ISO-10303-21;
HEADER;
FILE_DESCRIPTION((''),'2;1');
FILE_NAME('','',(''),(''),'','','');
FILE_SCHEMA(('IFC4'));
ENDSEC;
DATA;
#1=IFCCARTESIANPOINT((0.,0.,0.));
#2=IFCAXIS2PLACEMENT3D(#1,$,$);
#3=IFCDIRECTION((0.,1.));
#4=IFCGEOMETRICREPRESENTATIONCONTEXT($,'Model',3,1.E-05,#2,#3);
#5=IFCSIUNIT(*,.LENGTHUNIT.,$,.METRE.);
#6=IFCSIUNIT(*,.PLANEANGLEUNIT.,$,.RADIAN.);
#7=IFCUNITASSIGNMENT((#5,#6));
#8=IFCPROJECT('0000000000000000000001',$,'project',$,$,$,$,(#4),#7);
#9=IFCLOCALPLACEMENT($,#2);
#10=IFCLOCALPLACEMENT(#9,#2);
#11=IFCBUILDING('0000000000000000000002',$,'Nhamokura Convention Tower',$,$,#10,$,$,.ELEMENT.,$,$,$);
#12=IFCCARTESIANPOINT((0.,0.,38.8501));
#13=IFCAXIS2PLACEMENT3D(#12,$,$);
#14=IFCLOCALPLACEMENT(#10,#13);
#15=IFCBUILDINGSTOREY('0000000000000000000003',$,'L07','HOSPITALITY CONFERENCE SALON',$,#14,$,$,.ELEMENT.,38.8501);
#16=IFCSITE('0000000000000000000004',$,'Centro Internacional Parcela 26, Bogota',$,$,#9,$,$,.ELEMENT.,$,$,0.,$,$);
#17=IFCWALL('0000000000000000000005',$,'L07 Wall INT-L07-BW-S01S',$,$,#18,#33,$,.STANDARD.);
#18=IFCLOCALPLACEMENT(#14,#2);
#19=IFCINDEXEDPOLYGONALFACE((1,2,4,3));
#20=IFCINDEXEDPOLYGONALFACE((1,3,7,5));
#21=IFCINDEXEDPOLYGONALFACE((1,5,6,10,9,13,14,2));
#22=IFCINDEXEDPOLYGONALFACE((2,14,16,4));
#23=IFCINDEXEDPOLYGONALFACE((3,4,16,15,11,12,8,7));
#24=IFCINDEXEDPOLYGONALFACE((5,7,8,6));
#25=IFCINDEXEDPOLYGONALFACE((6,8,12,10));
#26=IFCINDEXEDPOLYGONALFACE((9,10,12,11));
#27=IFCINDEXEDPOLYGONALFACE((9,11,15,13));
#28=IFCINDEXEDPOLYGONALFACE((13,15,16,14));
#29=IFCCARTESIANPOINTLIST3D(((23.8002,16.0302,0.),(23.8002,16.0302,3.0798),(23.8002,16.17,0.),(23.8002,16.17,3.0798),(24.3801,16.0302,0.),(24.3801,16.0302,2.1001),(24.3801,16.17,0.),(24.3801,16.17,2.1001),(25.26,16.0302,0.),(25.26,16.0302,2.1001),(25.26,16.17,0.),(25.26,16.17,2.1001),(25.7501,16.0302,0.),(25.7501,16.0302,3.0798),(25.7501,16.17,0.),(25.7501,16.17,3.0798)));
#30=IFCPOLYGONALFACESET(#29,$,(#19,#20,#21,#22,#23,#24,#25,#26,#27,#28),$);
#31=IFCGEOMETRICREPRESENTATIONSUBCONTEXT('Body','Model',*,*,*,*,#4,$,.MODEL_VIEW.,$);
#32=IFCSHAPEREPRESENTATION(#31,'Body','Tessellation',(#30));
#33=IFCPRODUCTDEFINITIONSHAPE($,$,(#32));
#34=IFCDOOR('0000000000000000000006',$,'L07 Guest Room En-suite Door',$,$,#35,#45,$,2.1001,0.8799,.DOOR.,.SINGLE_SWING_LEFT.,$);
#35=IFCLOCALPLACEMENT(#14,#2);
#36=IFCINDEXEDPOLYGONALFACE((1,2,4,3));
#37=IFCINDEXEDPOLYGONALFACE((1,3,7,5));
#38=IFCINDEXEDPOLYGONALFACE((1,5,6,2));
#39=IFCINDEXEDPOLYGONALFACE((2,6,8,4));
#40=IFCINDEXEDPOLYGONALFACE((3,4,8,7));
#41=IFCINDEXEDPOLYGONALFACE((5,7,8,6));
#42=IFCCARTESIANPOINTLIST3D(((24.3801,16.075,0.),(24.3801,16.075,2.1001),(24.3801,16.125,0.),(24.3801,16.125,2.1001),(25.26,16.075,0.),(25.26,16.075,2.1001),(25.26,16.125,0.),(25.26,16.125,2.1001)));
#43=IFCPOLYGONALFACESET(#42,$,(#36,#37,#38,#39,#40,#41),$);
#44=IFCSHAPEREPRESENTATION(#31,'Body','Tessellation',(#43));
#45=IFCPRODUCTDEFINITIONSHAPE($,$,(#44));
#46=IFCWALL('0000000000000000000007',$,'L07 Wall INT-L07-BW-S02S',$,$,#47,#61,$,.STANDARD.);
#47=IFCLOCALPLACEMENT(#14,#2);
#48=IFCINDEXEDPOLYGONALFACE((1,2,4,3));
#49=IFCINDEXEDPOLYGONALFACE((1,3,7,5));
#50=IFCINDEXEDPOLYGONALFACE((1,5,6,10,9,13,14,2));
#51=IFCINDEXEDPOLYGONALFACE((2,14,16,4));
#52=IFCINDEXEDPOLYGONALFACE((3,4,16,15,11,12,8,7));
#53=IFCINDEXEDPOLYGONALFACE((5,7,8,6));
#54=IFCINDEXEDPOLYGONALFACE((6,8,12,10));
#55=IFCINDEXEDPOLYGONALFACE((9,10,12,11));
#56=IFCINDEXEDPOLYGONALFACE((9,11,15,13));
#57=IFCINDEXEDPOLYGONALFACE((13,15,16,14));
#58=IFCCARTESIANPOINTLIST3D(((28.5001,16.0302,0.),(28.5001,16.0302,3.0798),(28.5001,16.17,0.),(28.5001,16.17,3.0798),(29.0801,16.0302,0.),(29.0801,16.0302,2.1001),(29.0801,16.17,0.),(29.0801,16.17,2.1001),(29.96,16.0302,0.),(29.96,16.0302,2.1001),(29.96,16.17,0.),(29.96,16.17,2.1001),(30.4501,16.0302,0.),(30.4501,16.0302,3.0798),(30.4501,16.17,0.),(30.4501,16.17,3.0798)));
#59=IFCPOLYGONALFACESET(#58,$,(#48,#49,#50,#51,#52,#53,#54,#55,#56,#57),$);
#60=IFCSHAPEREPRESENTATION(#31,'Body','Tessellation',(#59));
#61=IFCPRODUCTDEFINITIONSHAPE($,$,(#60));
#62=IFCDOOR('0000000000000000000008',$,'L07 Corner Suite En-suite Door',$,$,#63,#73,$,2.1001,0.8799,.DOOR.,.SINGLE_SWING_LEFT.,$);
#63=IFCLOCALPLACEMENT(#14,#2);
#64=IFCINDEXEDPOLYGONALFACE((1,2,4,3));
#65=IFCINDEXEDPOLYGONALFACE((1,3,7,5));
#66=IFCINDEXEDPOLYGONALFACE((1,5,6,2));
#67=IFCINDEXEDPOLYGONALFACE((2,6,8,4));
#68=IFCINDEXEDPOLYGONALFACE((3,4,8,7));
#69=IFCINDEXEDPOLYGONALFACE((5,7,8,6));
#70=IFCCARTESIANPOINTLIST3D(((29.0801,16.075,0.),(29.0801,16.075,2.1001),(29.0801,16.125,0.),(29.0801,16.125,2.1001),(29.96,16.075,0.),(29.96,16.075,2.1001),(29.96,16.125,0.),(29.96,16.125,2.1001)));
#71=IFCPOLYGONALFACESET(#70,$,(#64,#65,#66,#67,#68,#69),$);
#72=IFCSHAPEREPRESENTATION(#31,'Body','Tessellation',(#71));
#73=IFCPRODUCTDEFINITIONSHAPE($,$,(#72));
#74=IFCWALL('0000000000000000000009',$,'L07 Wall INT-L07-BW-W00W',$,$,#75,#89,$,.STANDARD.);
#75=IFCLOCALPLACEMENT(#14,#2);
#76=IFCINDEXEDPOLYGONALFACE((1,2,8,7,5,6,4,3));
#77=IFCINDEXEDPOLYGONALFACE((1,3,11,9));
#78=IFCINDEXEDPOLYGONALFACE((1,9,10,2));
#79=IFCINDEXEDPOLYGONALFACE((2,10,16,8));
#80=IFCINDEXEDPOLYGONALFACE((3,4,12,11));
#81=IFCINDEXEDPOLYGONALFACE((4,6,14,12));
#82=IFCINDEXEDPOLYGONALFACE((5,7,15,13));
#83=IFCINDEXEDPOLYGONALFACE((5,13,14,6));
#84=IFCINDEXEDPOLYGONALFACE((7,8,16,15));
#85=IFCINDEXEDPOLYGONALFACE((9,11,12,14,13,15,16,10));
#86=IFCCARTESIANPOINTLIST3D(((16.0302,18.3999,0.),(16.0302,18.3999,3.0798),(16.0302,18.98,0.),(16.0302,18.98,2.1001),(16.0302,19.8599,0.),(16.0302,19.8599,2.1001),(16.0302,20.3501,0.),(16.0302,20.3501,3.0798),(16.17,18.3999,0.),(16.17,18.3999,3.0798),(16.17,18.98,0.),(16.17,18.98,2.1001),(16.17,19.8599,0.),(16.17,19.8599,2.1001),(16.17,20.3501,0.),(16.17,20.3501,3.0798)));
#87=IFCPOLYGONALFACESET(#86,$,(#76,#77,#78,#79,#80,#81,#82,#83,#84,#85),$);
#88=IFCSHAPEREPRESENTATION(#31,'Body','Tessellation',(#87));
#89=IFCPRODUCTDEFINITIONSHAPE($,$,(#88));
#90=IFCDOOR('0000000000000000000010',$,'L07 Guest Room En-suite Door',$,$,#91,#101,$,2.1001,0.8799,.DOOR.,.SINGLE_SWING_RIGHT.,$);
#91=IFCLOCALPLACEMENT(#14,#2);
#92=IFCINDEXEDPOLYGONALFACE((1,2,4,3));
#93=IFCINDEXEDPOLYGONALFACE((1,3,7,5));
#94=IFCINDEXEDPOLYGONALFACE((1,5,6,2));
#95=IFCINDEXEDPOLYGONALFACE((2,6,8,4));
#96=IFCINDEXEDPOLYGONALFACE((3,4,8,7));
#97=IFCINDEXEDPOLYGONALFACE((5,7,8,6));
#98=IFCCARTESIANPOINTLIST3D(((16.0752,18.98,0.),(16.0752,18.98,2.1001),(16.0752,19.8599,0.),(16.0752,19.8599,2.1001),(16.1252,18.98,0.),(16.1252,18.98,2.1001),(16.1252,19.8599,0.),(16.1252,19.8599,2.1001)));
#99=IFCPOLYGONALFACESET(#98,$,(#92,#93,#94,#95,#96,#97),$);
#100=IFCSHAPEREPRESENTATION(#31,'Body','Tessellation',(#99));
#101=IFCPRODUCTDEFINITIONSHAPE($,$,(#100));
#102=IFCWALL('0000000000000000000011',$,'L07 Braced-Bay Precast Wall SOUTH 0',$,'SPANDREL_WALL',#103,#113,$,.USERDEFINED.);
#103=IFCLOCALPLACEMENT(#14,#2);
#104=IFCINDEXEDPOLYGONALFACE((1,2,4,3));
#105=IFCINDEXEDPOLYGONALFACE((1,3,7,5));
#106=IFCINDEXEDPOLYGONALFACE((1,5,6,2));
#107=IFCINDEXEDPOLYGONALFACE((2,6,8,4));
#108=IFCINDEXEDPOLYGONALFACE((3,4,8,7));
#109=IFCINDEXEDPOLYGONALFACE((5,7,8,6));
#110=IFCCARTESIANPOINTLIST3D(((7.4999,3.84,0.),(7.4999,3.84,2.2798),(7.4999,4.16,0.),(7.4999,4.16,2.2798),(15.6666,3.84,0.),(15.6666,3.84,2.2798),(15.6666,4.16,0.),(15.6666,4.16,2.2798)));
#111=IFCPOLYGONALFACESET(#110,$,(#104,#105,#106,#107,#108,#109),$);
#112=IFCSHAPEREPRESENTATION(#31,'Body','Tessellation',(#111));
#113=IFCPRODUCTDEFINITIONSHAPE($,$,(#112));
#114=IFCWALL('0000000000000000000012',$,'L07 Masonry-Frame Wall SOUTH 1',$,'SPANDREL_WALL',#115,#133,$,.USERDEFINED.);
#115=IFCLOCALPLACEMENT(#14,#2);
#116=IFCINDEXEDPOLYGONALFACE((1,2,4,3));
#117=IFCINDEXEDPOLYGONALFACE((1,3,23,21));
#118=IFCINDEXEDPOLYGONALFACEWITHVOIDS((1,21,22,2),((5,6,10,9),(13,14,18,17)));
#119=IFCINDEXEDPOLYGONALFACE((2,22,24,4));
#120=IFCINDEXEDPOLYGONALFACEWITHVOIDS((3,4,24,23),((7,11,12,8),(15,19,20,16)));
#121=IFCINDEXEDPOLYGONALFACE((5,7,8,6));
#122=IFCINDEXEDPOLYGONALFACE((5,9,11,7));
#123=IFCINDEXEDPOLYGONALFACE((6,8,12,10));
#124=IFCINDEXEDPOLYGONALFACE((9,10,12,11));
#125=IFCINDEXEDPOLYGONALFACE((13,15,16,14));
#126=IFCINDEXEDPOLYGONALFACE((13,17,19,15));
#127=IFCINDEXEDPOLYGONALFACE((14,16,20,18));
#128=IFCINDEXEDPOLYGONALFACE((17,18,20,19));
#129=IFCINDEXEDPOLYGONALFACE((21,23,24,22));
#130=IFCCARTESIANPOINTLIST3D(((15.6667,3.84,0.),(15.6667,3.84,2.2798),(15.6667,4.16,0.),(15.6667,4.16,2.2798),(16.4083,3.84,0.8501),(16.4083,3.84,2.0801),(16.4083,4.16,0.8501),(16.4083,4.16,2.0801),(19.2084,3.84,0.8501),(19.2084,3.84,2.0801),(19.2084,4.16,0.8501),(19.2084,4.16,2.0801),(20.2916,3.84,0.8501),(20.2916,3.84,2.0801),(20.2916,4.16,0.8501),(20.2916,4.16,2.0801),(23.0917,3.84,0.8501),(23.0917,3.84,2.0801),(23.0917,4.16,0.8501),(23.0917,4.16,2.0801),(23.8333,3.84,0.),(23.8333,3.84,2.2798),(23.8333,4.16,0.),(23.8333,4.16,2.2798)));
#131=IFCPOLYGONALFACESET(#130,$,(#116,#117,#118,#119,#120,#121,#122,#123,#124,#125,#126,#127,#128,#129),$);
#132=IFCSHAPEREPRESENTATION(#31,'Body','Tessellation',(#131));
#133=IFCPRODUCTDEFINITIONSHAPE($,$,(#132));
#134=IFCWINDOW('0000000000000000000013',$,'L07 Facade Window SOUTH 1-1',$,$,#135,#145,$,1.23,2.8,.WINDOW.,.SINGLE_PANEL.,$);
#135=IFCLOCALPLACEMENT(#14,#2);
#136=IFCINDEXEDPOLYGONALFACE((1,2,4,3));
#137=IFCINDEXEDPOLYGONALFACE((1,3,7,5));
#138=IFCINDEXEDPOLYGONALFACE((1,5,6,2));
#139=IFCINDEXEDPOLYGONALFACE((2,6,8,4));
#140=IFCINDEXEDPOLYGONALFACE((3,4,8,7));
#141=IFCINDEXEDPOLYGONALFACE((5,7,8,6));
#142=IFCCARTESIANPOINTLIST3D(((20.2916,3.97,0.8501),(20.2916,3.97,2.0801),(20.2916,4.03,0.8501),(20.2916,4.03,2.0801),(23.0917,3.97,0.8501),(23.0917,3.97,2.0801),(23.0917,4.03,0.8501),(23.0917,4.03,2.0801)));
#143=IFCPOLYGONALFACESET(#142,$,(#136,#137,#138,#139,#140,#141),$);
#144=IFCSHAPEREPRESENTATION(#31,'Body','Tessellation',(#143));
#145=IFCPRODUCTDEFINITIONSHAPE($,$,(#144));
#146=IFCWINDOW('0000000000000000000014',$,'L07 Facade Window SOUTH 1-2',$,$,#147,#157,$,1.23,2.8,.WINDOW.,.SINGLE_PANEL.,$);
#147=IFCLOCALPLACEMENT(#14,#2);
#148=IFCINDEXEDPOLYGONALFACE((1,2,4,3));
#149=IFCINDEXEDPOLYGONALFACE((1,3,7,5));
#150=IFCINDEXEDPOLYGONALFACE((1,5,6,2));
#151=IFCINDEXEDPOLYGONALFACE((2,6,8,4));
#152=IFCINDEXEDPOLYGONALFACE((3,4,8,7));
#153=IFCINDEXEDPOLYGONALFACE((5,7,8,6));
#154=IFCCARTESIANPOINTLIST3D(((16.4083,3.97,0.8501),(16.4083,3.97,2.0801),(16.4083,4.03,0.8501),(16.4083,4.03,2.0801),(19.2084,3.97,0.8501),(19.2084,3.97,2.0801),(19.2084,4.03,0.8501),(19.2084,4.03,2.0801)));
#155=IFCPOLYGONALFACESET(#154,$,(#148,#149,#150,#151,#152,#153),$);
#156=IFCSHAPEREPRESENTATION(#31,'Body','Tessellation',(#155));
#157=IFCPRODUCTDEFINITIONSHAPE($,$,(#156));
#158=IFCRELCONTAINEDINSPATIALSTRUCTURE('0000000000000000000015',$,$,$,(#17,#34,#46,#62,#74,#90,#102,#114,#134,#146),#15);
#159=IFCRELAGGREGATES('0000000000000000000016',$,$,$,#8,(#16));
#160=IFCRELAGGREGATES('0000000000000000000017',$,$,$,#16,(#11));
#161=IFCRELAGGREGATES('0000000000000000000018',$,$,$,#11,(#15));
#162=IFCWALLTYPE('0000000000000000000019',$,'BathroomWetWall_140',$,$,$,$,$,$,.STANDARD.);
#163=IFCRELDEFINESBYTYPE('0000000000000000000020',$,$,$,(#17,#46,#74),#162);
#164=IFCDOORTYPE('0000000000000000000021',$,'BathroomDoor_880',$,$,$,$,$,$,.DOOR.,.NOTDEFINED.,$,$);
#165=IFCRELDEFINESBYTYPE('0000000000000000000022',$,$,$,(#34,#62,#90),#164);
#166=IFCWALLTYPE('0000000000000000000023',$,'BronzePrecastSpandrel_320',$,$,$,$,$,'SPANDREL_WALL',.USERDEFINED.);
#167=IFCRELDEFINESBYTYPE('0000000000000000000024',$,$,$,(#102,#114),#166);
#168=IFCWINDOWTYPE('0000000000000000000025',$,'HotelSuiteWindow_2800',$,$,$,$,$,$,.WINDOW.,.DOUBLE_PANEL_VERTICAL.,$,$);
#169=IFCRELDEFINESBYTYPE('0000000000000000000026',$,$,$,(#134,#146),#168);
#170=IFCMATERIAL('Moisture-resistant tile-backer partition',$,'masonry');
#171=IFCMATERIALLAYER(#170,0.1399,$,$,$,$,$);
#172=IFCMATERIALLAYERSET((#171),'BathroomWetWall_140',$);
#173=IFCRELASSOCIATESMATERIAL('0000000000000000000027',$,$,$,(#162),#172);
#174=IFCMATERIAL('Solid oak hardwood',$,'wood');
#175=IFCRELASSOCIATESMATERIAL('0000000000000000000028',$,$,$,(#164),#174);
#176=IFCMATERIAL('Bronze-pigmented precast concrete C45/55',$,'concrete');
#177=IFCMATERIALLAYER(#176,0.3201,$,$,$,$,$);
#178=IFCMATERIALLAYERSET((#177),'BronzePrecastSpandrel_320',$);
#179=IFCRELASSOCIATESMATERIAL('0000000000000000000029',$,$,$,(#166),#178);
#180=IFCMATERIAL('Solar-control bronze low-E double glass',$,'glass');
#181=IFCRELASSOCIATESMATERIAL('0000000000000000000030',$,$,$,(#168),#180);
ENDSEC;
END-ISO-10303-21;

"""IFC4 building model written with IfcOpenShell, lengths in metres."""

from ifc_helpers import new_model, si_unit, direction, frame, frame_2d, origin, place, context, subcontext, project, spatial, rectangle, extrude, material, layer, layer_set, type_object, element, fill, save


model = new_model("IFC4")

# Units and contexts
model_context = context("Model", 3, precision=1e-05, world=origin(), true_north=direction((0.0, 1.0)))
body_context = subcontext(model_context, "Body", "Model", "MODEL_VIEW")
ifc_project = project(units=[si_unit("LENGTHUNIT", "METRE"), si_unit("PLANEANGLEUNIT", "RADIAN")], contexts=[model_context])

# Site, building, storey
site_placement = place(None, origin())
site = spatial("IfcSite", under=ifc_project, at=site_placement, Name="Centro Internacional Parcela 26, Bogota", CompositionType="ELEMENT", RefElevation=0.0)
building_placement = place(site_placement, origin())
building = spatial("IfcBuilding", under=site, at=building_placement, Name="Nhamokura Convention Tower", CompositionType="ELEMENT")
storey_placement = place(building_placement, frame((0.0, 0.0, 38.8501)))
storey = spatial("IfcBuildingStorey", under=building, at=storey_placement, Name="L07", Description="HOSPITALITY CONFERENCE SALON", CompositionType="ELEMENT", Elevation=38.8501)

# Shared definitions
ifc_material_1 = material(Name="Moisture-resistant tile-backer partition", Category="masonry")
ifc_layer_1 = layer(ifc_material_1, 0.1399)
ifc_layer_set_1 = layer_set([ifc_layer_1], Name="BathroomWetWall_140")
wall_type_1 = type_object("IfcWallType", Name="BathroomWetWall_140", PredefinedType="STANDARD", material=ifc_layer_set_1)

# Walls, openings, doors
wall_1_placement = place(storey_placement, frame((23.8, 16.1001, 0.0), z_axis=(0.0, 0.0, 1.0), x_axis=(1.0, 0.0, 0.0)))
wall_1 = element("IfcWall", 1, at=wall_1_placement, inside=storey, type_object=wall_type_1, Name="L07 Wall INT-L07-BW-S01S", PredefinedType="STANDARD", context=body_context, shape_type="SweptSolid", body=[
    extrude(rectangle(XDim=1.95, YDim=0.1399, at=frame_2d((0.9751, 0.0))), origin(), (0.0, 0.0, 1.0), 3.0798),
])
opening_1_placement = place(wall_1_placement, frame((0.5801, 0.0, 0.0)))
opening_1 = element("IfcOpeningElement", 2, at=opening_1_placement, cuts=wall_1, PredefinedType="OPENING", context=body_context, shape_type="SweptSolid", body=[
    extrude(rectangle(XDim=0.8799, YDim=2.1001, at=frame_2d((0.4399, 1.05))), frame((0.0, 0.0798, 0.0), z_axis=(0.0, -1.0, 0.0), x_axis=(1.0, 0.0, 0.0)), (0.0, 0.0, 1.0), 0.1599),
])
ifc_material_2 = material(Name="Solid oak hardwood", Category="wood")
door_type_1 = type_object("IfcDoorType", Name="BathroomDoor_880", OperationType="NOTDEFINED", PredefinedType="DOOR", material=ifc_material_2)
door_1_placement = place(opening_1_placement, origin())
door_1 = element("IfcDoor", 3, at=door_1_placement, inside=storey, type_object=door_type_1, Name="L07 Guest Room En-suite Door", OperationType="SINGLE_SWING_LEFT", OverallHeight=2.1001, OverallWidth=0.8799, PredefinedType="DOOR", context=body_context, shape_type="SweptSolid", body=[
    extrude(rectangle(XDim=0.8799, YDim=2.1001, at=frame_2d((0.4399, 1.05))), frame((0.0, 0.0249, 0.0), z_axis=(0.0, -1.0, 0.0), x_axis=(1.0, 0.0, 0.0)), (0.0, 0.0, 1.0), 0.05),
])
fill(opening_1, door_1)
wall_2_placement = place(storey_placement, frame((28.5, 16.1001, 0.0), z_axis=(0.0, 0.0, 1.0), x_axis=(1.0, 0.0, 0.0)))
wall_2 = element("IfcWall", 4, at=wall_2_placement, inside=storey, type_object=wall_type_1, Name="L07 Wall INT-L07-BW-S02S", PredefinedType="STANDARD", context=body_context, shape_type="SweptSolid", body=[
    extrude(rectangle(XDim=1.95, YDim=0.1399, at=frame_2d((0.9751, 0.0))), origin(), (0.0, 0.0, 1.0), 3.0798),
])
opening_2_placement = place(wall_2_placement, frame((0.5801, 0.0, 0.0)))
opening_2 = element("IfcOpeningElement", 5, at=opening_2_placement, cuts=wall_2, PredefinedType="OPENING", context=body_context, shape_type="SweptSolid", body=[
    extrude(rectangle(XDim=0.8799, YDim=2.1001, at=frame_2d((0.4399, 1.05))), frame((0.0, 0.0798, 0.0), z_axis=(0.0, -1.0, 0.0), x_axis=(1.0, 0.0, 0.0)), (0.0, 0.0, 1.0), 0.1599),
])
door_2_placement = place(opening_2_placement, origin())
door_2 = element("IfcDoor", 6, at=door_2_placement, inside=storey, type_object=door_type_1, Name="L07 Corner Suite En-suite Door", OperationType="SINGLE_SWING_LEFT", OverallHeight=2.1001, OverallWidth=0.8799, PredefinedType="DOOR", context=body_context, shape_type="SweptSolid", body=[
    extrude(rectangle(XDim=0.8799, YDim=2.1001, at=frame_2d((0.4399, 1.05))), frame((0.0, 0.0249, 0.0), z_axis=(0.0, -1.0, 0.0), x_axis=(1.0, 0.0, 0.0)), (0.0, 0.0, 1.0), 0.05),
])
fill(opening_2, door_2)
wall_3_placement = place(storey_placement, frame((16.1001, 18.3999, 0.0), z_axis=(0.0, 0.0, 1.0), x_axis=(0.0, 1.0, 0.0)))
wall_3 = element("IfcWall", 7, at=wall_3_placement, inside=storey, type_object=wall_type_1, Name="L07 Wall INT-L07-BW-W00W", PredefinedType="STANDARD", context=body_context, shape_type="SweptSolid", body=[
    extrude(rectangle(XDim=1.9502, YDim=0.1399, at=frame_2d((0.9751, 0.0))), origin(), (0.0, 0.0, 1.0), 3.0798),
])
opening_3_placement = place(wall_3_placement, frame((0.5801, 0.0, 0.0)))
opening_3 = element("IfcOpeningElement", 8, at=opening_3_placement, cuts=wall_3, PredefinedType="OPENING", context=body_context, shape_type="SweptSolid", body=[
    extrude(rectangle(XDim=0.8799, YDim=2.1001, at=frame_2d((0.4399, 1.05))), frame((0.0, 0.0798, 0.0), z_axis=(0.0, -1.0, 0.0), x_axis=(1.0, 0.0, 0.0)), (0.0, 0.0, 1.0), 0.1599),
])
door_3_placement = place(opening_3_placement, origin())
door_3 = element("IfcDoor", 9, at=door_3_placement, inside=storey, type_object=door_type_1, Name="L07 Guest Room En-suite Door", OperationType="SINGLE_SWING_RIGHT", OverallHeight=2.1001, OverallWidth=0.8799, PredefinedType="DOOR", context=body_context, shape_type="SweptSolid", body=[
    extrude(rectangle(XDim=0.8799, YDim=2.1001, at=frame_2d((0.4399, 1.05))), frame((0.0, 0.0249, 0.0), z_axis=(0.0, -1.0, 0.0), x_axis=(1.0, 0.0, 0.0)), (0.0, 0.0, 1.0), 0.05),
])
fill(opening_3, door_3)

# Wall
ifc_material_3 = material(Name="Bronze-pigmented precast concrete C45/55", Category="concrete")
ifc_layer_2 = layer(ifc_material_3, 0.3201)
ifc_layer_set_2 = layer_set([ifc_layer_2], Name="BronzePrecastSpandrel_320")
wall_type_2 = type_object("IfcWallType", Name="BronzePrecastSpandrel_320", ElementType="SPANDREL_WALL", PredefinedType="USERDEFINED", material=ifc_layer_set_2)
wall_4_placement = place(storey_placement, frame((15.6667, 4.0, 0.0), z_axis=(0.0, 0.0, 1.0), x_axis=(-1.0, 0.0, 0.0)))
element("IfcWall", 10, at=wall_4_placement, inside=storey, type_object=wall_type_2, Name="L07 Braced-Bay Precast Wall SOUTH 0", ObjectType="SPANDREL_WALL", PredefinedType="USERDEFINED", context=body_context, shape_type="SweptSolid", body=[
    extrude(rectangle(XDim=8.1667, YDim=0.3201, at=frame_2d((4.0835, 0.0))), origin(), (0.0, 0.0, 1.0), 2.2798),
])

# Wall, openings, windows
wall_5_placement = place(storey_placement, frame((23.8333, 4.0, 0.0), z_axis=(0.0, 0.0, 1.0), x_axis=(-1.0, 0.0, 0.0)))
wall_5 = element("IfcWall", 11, at=wall_5_placement, inside=storey, type_object=wall_type_2, Name="L07 Masonry-Frame Wall SOUTH 1", ObjectType="SPANDREL_WALL", PredefinedType="USERDEFINED", context=body_context, shape_type="SweptSolid", body=[
    extrude(rectangle(XDim=8.1665, YDim=0.3201, at=frame_2d((4.0833, 0.0))), origin(), (0.0, 0.0, 1.0), 2.2798),
])
opening_4_placement = place(wall_5_placement, frame((0.7417, 0.0, 0.8501)))
opening_4 = element("IfcOpeningElement", 12, at=opening_4_placement, cuts=wall_5, PredefinedType="OPENING", context=body_context, shape_type="SweptSolid", body=[
    extrude(rectangle(XDim=2.8, YDim=1.23, at=frame_2d((1.3999, 0.615))), frame((0.0, 0.1699, 0.0), z_axis=(0.0, -1.0, 0.0), x_axis=(1.0, 0.0, 0.0)), (0.0, 0.0, 1.0), 0.3401),
])
opening_5_placement = place(wall_5_placement, frame((4.625, 0.0, 0.8501)))
opening_5 = element("IfcOpeningElement", 13, at=opening_5_placement, cuts=wall_5, PredefinedType="OPENING", context=body_context, shape_type="SweptSolid", body=[
    extrude(rectangle(XDim=2.8, YDim=1.23, at=frame_2d((1.3999, 0.615))), frame((0.0, 0.1699, 0.0), z_axis=(0.0, -1.0, 0.0), x_axis=(1.0, 0.0, 0.0)), (0.0, 0.0, 1.0), 0.3401),
])
ifc_material_4 = material(Name="Solar-control bronze low-E double glass", Category="glass")
window_type = type_object("IfcWindowType", Name="HotelSuiteWindow_2800", PartitioningType="DOUBLE_PANEL_VERTICAL", PredefinedType="WINDOW", material=ifc_material_4)
window_1_placement = place(opening_4_placement, origin())
window_1 = element("IfcWindow", 14, at=window_1_placement, inside=storey, type_object=window_type, Name="L07 Facade Window SOUTH 1-1", OverallHeight=1.23, OverallWidth=2.8, PartitioningType="SINGLE_PANEL", PredefinedType="WINDOW", context=body_context, shape_type="SweptSolid", body=[
    extrude(rectangle(XDim=2.8, YDim=1.23, at=frame_2d((1.3999, 0.615))), frame((0.0, 0.03, 0.0), z_axis=(0.0, -1.0, 0.0), x_axis=(1.0, 0.0, 0.0)), (0.0, 0.0, 1.0), 0.0601),
])
fill(opening_4, window_1)
window_2_placement = place(opening_5_placement, origin())
window_2 = element("IfcWindow", 15, at=window_2_placement, inside=storey, type_object=window_type, Name="L07 Facade Window SOUTH 1-2", OverallHeight=1.23, OverallWidth=2.8, PartitioningType="SINGLE_PANEL", PredefinedType="WINDOW", context=body_context, shape_type="SweptSolid", body=[
    extrude(rectangle(XDim=2.8, YDim=1.23, at=frame_2d((1.3999, 0.615))), frame((0.0, 0.03, 0.0), z_axis=(0.0, -1.0, 0.0), x_axis=(1.0, 0.0, 0.0)), (0.0, 0.0, 1.0), 0.0601),
])
fill(opening_5, window_2)

save(model, "model.ifc")
